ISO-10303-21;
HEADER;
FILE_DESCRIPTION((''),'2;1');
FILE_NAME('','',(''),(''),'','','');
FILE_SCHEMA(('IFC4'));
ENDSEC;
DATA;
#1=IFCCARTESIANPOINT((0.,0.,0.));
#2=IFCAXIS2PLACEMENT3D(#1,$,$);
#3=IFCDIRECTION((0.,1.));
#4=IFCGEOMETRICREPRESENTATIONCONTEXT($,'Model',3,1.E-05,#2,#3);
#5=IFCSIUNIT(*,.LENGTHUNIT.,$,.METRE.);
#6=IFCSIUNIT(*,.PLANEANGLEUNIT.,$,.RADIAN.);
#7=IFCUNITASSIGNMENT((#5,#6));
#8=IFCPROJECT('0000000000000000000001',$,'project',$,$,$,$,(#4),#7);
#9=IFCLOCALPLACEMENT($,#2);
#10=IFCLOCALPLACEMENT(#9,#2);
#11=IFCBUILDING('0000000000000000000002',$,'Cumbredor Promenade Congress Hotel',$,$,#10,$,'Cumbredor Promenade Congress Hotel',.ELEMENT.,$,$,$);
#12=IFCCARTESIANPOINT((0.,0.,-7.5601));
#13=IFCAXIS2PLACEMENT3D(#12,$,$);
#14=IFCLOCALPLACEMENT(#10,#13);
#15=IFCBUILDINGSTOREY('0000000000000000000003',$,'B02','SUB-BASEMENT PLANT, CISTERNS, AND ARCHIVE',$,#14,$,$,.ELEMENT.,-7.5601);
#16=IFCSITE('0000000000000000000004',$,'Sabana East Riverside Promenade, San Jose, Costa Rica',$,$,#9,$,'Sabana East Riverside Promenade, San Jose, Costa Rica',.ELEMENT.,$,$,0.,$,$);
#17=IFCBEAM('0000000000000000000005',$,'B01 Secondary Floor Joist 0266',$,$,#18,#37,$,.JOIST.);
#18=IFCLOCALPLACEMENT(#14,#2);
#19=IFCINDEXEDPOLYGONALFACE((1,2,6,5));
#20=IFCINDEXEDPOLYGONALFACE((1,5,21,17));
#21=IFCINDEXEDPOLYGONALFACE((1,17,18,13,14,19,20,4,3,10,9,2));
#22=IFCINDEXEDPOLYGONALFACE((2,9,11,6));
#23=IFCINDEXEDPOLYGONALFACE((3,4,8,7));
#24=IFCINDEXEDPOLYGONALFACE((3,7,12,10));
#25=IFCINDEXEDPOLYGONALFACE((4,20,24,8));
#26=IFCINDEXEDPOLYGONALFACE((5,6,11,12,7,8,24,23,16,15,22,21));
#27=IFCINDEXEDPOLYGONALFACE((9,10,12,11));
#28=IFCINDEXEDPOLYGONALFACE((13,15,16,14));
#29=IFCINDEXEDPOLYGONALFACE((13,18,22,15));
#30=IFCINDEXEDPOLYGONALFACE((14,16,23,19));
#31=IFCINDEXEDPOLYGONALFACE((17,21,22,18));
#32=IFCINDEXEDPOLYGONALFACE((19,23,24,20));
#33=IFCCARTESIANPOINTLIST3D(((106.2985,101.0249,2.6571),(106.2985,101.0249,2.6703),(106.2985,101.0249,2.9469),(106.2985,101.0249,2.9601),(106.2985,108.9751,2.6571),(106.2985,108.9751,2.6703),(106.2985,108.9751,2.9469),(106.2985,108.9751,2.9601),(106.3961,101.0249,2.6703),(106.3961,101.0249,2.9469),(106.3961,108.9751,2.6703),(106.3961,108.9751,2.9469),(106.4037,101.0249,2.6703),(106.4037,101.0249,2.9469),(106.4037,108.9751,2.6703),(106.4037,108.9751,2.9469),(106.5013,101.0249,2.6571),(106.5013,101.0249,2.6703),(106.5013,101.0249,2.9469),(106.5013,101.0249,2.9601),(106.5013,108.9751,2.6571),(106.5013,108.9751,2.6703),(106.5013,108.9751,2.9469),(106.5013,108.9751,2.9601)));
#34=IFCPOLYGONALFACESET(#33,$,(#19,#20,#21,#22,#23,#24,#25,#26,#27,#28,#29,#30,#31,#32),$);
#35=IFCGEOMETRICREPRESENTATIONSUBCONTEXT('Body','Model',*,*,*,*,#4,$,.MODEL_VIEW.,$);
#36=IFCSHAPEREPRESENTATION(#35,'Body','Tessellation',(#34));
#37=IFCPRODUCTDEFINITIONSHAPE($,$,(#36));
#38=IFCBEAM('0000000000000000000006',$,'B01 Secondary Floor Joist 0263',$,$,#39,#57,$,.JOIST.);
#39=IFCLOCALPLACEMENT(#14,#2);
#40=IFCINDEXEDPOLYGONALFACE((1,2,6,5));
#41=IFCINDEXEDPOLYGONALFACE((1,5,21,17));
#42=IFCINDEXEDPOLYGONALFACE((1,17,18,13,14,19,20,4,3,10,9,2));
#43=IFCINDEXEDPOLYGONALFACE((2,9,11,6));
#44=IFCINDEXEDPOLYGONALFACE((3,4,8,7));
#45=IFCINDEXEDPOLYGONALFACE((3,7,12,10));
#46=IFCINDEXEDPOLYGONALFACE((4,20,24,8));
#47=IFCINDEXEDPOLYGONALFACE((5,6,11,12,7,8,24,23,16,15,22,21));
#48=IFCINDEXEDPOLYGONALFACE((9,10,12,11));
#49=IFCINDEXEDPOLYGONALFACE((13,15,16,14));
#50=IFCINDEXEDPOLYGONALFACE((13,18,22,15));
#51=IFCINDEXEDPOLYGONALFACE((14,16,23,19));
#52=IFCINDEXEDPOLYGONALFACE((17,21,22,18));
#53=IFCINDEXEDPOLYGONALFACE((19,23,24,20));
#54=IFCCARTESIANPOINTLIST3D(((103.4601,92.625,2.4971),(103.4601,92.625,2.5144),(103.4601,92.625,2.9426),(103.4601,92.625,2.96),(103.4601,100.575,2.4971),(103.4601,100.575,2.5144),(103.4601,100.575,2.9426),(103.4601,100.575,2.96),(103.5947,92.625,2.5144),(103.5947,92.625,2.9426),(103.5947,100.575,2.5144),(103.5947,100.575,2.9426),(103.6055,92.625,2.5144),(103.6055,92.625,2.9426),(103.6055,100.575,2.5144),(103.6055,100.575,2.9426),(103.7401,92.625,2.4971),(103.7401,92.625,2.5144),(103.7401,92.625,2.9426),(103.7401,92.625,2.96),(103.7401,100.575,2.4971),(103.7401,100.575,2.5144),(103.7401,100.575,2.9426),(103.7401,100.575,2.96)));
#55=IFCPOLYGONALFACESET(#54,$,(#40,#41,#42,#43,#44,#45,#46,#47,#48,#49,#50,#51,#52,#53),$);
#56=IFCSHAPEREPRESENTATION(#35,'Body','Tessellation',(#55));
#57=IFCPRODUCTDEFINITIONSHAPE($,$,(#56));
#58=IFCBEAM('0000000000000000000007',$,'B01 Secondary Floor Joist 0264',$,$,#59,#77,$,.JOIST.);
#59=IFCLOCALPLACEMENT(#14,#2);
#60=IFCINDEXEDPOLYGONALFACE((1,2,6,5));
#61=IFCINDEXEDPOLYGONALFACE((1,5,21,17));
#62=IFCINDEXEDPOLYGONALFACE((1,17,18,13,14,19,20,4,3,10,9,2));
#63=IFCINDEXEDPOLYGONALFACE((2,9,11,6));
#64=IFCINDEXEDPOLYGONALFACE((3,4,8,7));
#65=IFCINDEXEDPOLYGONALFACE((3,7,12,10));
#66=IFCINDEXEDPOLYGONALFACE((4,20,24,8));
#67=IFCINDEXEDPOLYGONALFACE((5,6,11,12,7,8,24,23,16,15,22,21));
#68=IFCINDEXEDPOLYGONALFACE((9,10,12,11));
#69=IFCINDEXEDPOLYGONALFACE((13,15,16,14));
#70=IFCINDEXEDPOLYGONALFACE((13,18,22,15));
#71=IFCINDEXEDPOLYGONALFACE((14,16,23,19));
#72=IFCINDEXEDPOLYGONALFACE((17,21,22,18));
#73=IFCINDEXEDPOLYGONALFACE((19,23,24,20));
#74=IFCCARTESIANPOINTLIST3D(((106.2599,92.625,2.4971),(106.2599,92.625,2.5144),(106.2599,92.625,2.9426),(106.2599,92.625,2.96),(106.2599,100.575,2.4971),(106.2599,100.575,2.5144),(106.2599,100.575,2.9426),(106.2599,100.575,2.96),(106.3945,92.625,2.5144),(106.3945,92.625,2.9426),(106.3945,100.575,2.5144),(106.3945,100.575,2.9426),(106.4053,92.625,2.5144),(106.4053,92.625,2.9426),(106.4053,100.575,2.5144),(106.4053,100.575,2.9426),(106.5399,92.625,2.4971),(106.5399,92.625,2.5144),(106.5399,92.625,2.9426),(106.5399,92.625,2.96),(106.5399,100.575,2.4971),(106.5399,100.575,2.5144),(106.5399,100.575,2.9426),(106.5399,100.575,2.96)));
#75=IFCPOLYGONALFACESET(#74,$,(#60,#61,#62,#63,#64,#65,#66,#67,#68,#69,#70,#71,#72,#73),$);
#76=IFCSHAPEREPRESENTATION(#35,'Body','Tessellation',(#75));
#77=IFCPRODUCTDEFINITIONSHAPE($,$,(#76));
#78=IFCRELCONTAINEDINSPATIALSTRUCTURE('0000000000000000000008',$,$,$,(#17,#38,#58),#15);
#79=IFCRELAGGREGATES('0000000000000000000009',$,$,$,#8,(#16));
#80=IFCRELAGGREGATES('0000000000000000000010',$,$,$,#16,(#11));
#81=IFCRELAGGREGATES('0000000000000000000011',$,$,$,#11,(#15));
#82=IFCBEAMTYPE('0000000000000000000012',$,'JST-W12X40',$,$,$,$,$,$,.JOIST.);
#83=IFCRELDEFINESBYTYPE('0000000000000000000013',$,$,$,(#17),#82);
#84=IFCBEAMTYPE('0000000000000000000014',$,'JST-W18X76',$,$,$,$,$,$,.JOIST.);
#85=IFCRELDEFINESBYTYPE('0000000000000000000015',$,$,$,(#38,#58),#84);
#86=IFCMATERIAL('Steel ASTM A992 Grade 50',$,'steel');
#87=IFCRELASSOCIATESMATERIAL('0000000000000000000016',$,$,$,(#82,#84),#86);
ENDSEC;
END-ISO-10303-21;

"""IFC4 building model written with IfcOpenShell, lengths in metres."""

from ifc_helpers import new_model, si_unit, direction, frame, origin, origin_2d, place, context, subcontext, project, spatial, i_section, extrude, material, material_profile, profile_set, type_object, element, save


model = new_model("IFC4")

# Units and contexts
model_context = context("Model", 3, precision=1e-05, world=origin(), true_north=direction((0.0, 1.0)))
body_context = subcontext(model_context, "Body", "Model", "MODEL_VIEW")
ifc_project = project(units=[si_unit("LENGTHUNIT", "METRE"), si_unit("PLANEANGLEUNIT", "RADIAN")], contexts=[model_context])

# Site, building, storey
site_placement = place(None, origin())
site = spatial("IfcSite", under=ifc_project, at=site_placement, Name="Sabana East Riverside Promenade, San Jose, Costa Rica", LongName="Sabana East Riverside Promenade, San Jose, Costa Rica", CompositionType="ELEMENT", RefElevation=0.0)
building_placement = place(site_placement, origin())
building = spatial("IfcBuilding", under=site, at=building_placement, Name="Cumbredor Promenade Congress Hotel", LongName="Cumbredor Promenade Congress Hotel", CompositionType="ELEMENT")
storey_placement = place(building_placement, frame((0.0, 0.0, -7.5601)))
storey = spatial("IfcBuildingStorey", under=building, at=storey_placement, Name="B02", Description="SUB-BASEMENT PLANT, CISTERNS, AND ARCHIVE", CompositionType="ELEMENT", Elevation=-7.5601)

# Beams
ifc_material_1 = material(Name="Steel ASTM A992 Grade 50", Category="steel")
ifc_material_profile_1 = material_profile(ifc_material_1, i_section(OverallWidth=0.2029, OverallDepth=0.303, WebThickness=0.0076, FlangeThickness=0.0132, at=origin_2d()), Name="W12X40")
ifc_profile_set_1 = profile_set([ifc_material_profile_1], Name="Steel ASTM A992 Grade 50")
beam_type_1 = type_object("IfcBeamType", Name="JST-W12X40", PredefinedType="JOIST", material=ifc_profile_set_1)
for number, where, z_axis, x_axis, name in (
    (1, (106.3999, 101.0249, 2.8086), (0.0, 1.0, 0.0), (-1.0, 0.0, 0.0), "B01 Secondary Floor Joist 0266"),
):
    element("IfcBeam", number, at=place(storey_placement, frame(where, z_axis=z_axis, x_axis=x_axis)), inside=storey, type_object=beam_type_1, Name=name, PredefinedType="JOIST", context=body_context, shape_type="SweptSolid", body=[
        extrude(i_section(OverallWidth=0.2029, OverallDepth=0.303, WebThickness=0.0076, FlangeThickness=0.0132, at=origin_2d()), origin(), (0.0, 0.0, 1.0), 7.9502),
    ])
ifc_material_profile_2 = material_profile(ifc_material_1, i_section(OverallWidth=0.28, OverallDepth=0.4629, WebThickness=0.0107, FlangeThickness=0.0173, at=origin_2d()), Name="W18X76")
ifc_profile_set_2 = profile_set([ifc_material_profile_2], Name="Steel ASTM A992 Grade 50")
beam_type_2 = type_object("IfcBeamType", Name="JST-W18X76", PredefinedType="JOIST", material=ifc_profile_set_2)
for number, where, z_axis, x_axis, name in (
    (2, (103.6001, 92.625, 2.7285), (0.0, 1.0, 0.0), (-1.0, 0.0, 0.0), "B01 Secondary Floor Joist 0263"),
    (3, (106.3999, 92.625, 2.7285), (0.0, 1.0, 0.0), (-1.0, 0.0, 0.0), "B01 Secondary Floor Joist 0264"),
):
    element("IfcBeam", number, at=place(storey_placement, frame(where, z_axis=z_axis, x_axis=x_axis)), inside=storey, type_object=beam_type_2, Name=name, PredefinedType="JOIST", context=body_context, shape_type="SweptSolid", body=[
        extrude(i_section(OverallWidth=0.28, OverallDepth=0.4629, WebThickness=0.0107, FlangeThickness=0.0173, at=origin_2d()), origin(), (0.0, 0.0, 1.0), 7.95),
    ])

save(model, "model.ifc")
